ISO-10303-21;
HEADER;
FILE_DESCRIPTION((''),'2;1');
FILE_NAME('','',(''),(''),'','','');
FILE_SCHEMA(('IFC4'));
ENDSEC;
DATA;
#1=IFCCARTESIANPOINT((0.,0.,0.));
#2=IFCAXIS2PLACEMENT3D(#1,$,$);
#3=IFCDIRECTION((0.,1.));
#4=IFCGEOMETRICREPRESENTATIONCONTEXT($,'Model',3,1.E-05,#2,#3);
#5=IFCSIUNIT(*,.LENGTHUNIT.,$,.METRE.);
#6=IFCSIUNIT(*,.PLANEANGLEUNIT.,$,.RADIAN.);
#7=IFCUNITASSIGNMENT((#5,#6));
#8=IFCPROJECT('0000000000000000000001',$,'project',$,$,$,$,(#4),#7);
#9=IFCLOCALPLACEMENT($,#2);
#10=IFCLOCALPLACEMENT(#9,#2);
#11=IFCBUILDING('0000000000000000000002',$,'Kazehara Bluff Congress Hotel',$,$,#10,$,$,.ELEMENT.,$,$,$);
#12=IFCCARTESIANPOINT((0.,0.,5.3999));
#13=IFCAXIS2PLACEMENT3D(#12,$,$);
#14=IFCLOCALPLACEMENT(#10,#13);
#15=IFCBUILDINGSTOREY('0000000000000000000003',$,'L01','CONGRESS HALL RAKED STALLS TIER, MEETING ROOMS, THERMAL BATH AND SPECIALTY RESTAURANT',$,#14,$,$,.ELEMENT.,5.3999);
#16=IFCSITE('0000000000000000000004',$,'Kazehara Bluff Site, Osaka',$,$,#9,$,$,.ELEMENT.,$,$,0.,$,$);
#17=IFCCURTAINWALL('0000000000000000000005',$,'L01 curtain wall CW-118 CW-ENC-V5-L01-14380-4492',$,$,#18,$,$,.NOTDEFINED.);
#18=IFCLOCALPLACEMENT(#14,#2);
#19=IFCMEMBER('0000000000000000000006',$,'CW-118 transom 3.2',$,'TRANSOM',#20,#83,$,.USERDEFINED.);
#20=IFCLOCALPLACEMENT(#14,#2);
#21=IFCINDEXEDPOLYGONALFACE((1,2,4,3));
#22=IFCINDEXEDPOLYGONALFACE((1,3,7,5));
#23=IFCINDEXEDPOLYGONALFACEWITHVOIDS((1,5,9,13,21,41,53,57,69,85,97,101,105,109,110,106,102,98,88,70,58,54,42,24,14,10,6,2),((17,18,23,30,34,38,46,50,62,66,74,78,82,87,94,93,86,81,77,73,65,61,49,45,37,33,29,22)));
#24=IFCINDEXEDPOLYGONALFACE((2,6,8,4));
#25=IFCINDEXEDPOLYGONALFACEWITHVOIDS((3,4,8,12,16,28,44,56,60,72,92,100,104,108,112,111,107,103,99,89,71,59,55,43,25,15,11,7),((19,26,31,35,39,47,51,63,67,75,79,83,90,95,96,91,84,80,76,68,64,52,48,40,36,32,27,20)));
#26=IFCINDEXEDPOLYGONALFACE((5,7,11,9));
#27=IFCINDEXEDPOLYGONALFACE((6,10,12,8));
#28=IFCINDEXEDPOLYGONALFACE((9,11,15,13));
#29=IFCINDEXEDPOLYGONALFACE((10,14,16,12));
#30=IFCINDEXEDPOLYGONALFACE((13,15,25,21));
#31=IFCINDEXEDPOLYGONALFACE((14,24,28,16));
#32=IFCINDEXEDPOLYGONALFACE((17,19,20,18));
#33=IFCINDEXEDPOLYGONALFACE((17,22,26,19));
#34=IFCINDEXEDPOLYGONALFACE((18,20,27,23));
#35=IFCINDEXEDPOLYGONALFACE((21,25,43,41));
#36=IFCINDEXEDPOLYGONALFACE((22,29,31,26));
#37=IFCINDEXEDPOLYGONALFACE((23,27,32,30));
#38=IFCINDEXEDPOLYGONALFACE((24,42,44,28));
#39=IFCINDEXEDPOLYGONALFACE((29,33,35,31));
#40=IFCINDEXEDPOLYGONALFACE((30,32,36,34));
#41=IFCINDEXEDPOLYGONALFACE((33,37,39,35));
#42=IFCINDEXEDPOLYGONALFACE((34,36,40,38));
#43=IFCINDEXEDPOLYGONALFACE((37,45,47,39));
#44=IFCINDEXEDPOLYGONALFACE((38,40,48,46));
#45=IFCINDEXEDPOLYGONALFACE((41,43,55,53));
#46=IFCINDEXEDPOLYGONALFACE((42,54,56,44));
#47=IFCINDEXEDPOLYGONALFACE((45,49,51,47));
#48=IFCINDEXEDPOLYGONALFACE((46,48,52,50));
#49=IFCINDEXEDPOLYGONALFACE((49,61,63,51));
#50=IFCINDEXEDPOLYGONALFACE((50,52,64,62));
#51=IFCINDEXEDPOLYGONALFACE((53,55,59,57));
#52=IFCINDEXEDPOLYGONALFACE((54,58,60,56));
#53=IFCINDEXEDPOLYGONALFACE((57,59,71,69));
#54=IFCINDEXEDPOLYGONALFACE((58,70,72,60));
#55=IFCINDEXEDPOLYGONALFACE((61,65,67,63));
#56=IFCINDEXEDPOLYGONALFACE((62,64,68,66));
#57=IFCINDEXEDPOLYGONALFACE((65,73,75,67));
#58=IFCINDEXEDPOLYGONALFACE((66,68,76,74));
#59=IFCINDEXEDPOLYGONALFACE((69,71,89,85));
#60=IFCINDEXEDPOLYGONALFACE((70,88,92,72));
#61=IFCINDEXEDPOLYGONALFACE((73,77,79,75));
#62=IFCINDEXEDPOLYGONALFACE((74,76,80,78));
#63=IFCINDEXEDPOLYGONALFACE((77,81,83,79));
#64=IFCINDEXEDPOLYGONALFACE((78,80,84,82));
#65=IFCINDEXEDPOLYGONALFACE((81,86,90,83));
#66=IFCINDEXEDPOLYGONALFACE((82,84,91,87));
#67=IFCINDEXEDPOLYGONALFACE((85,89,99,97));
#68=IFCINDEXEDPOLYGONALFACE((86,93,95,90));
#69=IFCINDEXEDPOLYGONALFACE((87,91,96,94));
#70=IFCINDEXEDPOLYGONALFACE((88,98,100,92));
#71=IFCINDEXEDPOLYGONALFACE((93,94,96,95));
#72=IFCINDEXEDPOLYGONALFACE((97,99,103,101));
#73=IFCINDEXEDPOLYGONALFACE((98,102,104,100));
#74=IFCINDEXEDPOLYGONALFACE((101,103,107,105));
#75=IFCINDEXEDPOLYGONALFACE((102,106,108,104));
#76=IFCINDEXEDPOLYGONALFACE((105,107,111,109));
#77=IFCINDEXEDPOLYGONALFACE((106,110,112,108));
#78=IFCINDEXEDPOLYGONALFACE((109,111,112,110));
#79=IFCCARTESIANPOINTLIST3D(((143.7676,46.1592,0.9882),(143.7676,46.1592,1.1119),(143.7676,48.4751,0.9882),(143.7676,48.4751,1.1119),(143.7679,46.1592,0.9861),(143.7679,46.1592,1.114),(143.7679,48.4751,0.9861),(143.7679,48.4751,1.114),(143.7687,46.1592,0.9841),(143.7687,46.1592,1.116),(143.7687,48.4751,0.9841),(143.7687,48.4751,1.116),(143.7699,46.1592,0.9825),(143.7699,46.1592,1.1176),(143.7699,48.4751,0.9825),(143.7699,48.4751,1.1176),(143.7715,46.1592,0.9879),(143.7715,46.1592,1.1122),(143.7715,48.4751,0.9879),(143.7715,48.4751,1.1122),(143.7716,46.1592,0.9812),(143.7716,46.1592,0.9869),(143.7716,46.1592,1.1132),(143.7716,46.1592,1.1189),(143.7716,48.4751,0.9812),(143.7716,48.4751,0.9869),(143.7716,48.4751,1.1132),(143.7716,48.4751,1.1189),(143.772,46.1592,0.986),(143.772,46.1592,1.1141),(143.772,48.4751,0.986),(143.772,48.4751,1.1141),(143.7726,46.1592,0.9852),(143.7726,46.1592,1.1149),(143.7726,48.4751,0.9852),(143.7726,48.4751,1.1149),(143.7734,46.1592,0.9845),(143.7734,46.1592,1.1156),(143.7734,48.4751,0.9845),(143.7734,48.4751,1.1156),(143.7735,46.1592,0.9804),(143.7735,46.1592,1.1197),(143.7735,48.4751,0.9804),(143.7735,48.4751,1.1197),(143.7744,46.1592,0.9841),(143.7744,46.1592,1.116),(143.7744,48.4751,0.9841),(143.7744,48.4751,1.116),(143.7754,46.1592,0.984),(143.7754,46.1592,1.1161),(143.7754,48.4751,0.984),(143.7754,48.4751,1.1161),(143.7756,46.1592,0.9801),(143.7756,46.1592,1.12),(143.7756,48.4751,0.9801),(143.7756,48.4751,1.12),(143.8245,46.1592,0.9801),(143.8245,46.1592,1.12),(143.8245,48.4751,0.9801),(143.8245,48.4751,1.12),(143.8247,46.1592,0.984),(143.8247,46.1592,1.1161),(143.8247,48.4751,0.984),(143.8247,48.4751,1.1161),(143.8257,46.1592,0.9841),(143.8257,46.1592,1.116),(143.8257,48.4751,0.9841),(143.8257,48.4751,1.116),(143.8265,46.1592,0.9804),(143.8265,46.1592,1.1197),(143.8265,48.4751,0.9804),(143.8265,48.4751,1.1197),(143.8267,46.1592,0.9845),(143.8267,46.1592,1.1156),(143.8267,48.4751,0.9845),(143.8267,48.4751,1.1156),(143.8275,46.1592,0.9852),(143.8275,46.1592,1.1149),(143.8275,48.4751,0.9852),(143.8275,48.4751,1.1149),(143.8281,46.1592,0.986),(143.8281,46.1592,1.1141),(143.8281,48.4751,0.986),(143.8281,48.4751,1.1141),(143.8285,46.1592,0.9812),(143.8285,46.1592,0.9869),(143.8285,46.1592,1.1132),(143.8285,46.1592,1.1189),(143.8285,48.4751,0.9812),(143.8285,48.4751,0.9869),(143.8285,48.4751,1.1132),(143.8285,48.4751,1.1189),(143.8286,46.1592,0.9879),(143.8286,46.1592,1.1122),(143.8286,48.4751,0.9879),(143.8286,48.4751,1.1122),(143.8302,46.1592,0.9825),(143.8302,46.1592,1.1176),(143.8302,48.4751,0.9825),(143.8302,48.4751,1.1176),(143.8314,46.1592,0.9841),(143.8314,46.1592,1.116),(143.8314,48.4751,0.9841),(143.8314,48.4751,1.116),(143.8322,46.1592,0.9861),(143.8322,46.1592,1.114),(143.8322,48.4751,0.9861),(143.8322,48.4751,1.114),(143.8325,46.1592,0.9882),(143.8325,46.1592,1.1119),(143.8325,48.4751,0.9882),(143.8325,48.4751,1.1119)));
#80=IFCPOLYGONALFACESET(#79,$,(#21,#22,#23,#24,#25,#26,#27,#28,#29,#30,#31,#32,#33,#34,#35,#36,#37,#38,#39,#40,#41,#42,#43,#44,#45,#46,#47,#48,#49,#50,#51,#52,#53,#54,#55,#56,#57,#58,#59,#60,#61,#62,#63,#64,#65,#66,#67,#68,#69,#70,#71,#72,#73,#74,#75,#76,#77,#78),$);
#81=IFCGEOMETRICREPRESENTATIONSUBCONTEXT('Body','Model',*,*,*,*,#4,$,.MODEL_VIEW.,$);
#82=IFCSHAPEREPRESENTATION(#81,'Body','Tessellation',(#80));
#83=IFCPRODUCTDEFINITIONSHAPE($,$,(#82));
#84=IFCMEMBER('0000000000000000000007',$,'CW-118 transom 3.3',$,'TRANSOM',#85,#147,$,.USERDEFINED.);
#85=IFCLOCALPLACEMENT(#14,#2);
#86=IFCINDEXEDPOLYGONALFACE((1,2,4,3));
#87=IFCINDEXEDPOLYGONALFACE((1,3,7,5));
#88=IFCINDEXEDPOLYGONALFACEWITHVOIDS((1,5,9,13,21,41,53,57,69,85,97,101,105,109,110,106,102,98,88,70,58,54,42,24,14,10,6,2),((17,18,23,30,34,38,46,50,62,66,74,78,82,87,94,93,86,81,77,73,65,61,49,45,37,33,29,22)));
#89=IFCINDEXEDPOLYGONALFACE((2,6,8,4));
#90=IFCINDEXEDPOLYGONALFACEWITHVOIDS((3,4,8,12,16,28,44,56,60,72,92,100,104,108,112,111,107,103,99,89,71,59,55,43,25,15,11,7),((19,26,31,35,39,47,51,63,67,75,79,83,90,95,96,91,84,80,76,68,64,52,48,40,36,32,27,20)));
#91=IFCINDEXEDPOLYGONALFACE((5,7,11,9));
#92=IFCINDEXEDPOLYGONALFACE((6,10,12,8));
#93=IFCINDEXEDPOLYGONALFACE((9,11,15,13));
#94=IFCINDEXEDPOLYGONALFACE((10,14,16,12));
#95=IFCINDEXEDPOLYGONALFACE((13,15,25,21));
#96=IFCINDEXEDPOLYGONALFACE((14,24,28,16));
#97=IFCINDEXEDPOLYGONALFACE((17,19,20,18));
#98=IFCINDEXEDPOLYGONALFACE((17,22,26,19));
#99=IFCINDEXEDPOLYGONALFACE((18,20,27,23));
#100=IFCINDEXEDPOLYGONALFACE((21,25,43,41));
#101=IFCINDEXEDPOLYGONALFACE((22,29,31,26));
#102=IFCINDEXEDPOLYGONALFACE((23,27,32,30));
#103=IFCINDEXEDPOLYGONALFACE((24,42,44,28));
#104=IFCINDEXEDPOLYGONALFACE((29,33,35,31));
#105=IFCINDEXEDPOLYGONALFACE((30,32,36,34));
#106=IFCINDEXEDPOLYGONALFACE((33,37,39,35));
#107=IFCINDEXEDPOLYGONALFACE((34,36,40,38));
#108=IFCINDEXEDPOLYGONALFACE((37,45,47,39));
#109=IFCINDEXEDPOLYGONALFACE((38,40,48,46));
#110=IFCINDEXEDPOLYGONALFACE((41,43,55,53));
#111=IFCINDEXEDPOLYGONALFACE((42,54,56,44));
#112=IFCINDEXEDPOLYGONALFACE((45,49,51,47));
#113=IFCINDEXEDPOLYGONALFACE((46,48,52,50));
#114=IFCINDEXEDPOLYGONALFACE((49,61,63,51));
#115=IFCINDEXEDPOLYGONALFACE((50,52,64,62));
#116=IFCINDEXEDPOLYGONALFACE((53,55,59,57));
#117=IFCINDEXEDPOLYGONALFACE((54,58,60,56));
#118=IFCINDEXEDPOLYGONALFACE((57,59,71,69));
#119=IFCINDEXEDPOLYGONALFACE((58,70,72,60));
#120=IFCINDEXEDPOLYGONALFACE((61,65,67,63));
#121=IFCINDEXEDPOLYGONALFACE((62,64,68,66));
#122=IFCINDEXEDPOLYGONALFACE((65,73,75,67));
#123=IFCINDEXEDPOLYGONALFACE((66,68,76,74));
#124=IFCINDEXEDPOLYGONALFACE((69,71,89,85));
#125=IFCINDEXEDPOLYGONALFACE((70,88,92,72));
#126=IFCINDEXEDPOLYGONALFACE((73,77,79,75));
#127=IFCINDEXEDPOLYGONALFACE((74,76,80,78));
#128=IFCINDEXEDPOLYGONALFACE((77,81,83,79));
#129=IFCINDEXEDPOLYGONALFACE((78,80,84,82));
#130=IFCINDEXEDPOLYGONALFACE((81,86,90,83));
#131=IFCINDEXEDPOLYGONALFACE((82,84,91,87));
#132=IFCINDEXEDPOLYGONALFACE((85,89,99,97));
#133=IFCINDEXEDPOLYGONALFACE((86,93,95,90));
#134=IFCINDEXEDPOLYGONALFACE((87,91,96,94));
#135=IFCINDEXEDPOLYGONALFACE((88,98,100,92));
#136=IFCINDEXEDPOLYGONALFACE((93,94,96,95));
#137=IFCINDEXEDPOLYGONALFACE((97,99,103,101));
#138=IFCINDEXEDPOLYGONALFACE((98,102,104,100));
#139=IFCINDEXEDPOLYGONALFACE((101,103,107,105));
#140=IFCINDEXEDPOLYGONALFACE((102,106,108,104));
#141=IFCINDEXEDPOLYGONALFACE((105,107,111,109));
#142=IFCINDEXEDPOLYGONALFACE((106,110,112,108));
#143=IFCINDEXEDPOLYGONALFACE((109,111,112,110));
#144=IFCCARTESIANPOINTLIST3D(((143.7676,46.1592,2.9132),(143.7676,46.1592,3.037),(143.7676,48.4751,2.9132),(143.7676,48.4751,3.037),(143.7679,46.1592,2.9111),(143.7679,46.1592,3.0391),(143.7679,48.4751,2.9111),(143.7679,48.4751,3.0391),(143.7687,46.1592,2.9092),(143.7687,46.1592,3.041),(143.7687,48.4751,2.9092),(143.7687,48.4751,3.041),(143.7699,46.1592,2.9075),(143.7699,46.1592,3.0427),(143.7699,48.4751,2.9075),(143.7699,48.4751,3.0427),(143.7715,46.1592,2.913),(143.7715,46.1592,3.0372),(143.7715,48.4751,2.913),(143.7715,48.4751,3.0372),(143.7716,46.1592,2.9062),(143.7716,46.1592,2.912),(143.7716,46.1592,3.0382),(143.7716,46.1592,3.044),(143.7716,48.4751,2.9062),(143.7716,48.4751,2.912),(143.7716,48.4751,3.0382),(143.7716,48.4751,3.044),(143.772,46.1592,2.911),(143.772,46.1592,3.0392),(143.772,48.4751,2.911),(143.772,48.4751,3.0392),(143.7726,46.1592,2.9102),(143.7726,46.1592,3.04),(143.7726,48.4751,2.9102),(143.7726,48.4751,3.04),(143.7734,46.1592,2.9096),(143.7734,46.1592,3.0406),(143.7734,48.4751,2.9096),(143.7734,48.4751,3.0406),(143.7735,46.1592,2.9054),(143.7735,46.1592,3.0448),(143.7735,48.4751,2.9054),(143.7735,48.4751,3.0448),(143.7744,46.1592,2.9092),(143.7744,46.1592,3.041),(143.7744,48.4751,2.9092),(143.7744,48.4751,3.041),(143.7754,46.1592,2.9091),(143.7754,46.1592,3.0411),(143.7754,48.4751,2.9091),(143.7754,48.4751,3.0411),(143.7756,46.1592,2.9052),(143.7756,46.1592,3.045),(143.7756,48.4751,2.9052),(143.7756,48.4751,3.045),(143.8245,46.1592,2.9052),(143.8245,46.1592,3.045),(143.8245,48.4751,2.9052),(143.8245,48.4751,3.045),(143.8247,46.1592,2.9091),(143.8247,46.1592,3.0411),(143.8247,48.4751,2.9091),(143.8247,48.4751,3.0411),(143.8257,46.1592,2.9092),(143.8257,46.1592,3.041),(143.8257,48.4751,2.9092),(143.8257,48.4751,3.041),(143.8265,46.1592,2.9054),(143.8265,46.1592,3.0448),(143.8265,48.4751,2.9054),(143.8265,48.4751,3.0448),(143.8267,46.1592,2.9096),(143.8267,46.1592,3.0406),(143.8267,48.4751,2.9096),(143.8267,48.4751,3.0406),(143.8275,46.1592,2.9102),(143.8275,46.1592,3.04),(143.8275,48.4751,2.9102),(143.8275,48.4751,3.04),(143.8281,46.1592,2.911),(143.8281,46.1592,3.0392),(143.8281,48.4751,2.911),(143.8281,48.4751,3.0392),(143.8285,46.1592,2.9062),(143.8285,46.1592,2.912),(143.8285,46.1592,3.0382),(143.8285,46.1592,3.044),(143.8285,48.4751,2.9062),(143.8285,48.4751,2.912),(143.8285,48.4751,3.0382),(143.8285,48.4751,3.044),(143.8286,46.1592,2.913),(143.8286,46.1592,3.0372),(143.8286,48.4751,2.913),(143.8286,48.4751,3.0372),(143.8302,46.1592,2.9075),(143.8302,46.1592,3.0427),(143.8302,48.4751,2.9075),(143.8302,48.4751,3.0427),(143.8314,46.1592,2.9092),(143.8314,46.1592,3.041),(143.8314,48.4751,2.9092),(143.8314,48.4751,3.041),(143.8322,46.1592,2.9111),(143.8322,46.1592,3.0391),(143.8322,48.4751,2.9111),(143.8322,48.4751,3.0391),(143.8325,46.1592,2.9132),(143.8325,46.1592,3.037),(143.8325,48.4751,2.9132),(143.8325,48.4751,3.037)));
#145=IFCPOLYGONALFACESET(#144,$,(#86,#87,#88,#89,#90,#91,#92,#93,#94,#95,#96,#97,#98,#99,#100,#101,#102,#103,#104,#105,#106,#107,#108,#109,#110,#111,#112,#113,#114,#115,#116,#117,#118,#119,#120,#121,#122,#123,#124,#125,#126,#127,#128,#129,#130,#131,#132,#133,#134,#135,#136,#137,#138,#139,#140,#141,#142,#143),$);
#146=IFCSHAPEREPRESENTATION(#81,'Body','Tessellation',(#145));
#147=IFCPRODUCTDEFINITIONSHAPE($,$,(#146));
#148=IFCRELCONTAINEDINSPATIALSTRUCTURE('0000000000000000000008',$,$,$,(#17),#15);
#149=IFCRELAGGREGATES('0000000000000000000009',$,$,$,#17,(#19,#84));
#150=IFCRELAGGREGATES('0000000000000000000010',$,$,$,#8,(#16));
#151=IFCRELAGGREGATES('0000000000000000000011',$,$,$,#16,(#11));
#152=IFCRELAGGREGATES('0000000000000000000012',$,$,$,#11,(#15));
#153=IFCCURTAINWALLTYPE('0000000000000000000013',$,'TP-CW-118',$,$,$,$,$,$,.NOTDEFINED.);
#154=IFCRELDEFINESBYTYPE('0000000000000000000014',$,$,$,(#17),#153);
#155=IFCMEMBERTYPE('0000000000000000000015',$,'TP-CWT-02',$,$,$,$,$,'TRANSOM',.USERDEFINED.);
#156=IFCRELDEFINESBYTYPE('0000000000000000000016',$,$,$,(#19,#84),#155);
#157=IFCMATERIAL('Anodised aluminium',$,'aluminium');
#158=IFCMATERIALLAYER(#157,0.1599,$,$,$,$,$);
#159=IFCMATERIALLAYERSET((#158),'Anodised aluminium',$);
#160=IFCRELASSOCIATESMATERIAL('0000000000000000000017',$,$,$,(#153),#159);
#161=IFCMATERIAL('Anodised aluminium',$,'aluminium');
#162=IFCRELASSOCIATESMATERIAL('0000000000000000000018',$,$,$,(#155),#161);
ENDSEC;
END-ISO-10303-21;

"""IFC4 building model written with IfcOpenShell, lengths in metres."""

from ifc_helpers import new_model, si_unit, direction, frame, origin, origin_2d, place, context, subcontext, project, spatial, hollow_rectangle, extrude, material, layer, layer_set, material_profile, profile_set, type_object, element, aggregate, save


model = new_model("IFC4")

# Units and contexts
model_context = context("Model", 3, precision=1e-05, world=origin(), true_north=direction((0.0, 1.0)))
body_context = subcontext(model_context, "Body", "Model", "MODEL_VIEW")
ifc_project = project(units=[si_unit("LENGTHUNIT", "METRE"), si_unit("PLANEANGLEUNIT", "RADIAN")], contexts=[model_context])

# Site, building, storey
site_placement = place(None, origin())
site = spatial("IfcSite", under=ifc_project, at=site_placement, Name="Kazehara Bluff Site, Osaka", CompositionType="ELEMENT", RefElevation=0.0)
building_placement = place(site_placement, origin())
building = spatial("IfcBuilding", under=site, at=building_placement, Name="Kazehara Bluff Congress Hotel", CompositionType="ELEMENT")
storey_placement = place(building_placement, frame((0.0, 0.0, 5.3999)))
storey = spatial("IfcBuildingStorey", under=building, at=storey_placement, Name="L01", Description="CONGRESS HALL RAKED STALLS TIER, MEETING ROOMS, THERMAL BATH AND SPECIALTY RESTAURANT", CompositionType="ELEMENT", Elevation=5.3999)

# Curtain wall, members
ifc_material_1 = material(Name="Anodised aluminium", Category="aluminium")
ifc_layer_1 = layer(ifc_material_1, 0.1599)
ifc_layer_set_1 = layer_set([ifc_layer_1], Name="Anodised aluminium")
curtain_wall_type = type_object("IfcCurtainWallType", Name="TP-CW-118", PredefinedType="NOTDEFINED", material=ifc_layer_set_1)
curtain_wall_placement = place(storey_placement, origin())
curtain_wall = element("IfcCurtainWall", 1, at=curtain_wall_placement, inside=storey, type_object=curtain_wall_type, Name="L01 curtain wall CW-118 CW-ENC-V5-L01-14380-4492", PredefinedType="NOTDEFINED")
ifc_material_2 = material(Name="Anodised aluminium", Category="aluminium")
ifc_material_profile_1 = material_profile(ifc_material_2, hollow_rectangle(XDim=0.0649, YDim=0.1399, WallThickness=0.0039, InnerFilletRadius=0.0039, OuterFilletRadius=0.0081, at=origin_2d()))
ifc_profile_set_1 = profile_set([ifc_material_profile_1], Name="Anodised aluminium")
member_type_1 = type_object("IfcMemberType", Name="TP-CWT-02", ElementType="TRANSOM", PredefinedType="USERDEFINED", material=ifc_profile_set_1)
member_1_placement = place(storey_placement, frame((143.8, 46.1592, 1.05), z_axis=(0.0, 1.0, 0.0), x_axis=(-1.0, 0.0, 0.0)))
member_1 = element("IfcMember", 2, at=member_1_placement, type_object=member_type_1, Name="CW-118 transom 3.2", ObjectType="TRANSOM", PredefinedType="USERDEFINED", context=body_context, shape_type="SweptSolid", body=[
    extrude(hollow_rectangle(XDim=0.0649, YDim=0.1399, WallThickness=0.0039, InnerFilletRadius=0.0039, OuterFilletRadius=0.0081, at=origin_2d()), origin(), (0.0, 0.0, 1.0), 2.3159),
])
member_2_placement = place(storey_placement, frame((143.8, 46.1592, 2.9751), z_axis=(0.0, 1.0, 0.0), x_axis=(-1.0, 0.0, 0.0)))
member_2 = element("IfcMember", 3, at=member_2_placement, type_object=member_type_1, Name="CW-118 transom 3.3", ObjectType="TRANSOM", PredefinedType="USERDEFINED", context=body_context, shape_type="SweptSolid", body=[
    extrude(hollow_rectangle(XDim=0.0649, YDim=0.1399, WallThickness=0.0039, InnerFilletRadius=0.0039, OuterFilletRadius=0.0081, at=origin_2d()), origin(), (0.0, 0.0, 1.0), 2.3159),
])

aggregate(curtain_wall, [member_1, member_2])

save(model, "model.ifc")
